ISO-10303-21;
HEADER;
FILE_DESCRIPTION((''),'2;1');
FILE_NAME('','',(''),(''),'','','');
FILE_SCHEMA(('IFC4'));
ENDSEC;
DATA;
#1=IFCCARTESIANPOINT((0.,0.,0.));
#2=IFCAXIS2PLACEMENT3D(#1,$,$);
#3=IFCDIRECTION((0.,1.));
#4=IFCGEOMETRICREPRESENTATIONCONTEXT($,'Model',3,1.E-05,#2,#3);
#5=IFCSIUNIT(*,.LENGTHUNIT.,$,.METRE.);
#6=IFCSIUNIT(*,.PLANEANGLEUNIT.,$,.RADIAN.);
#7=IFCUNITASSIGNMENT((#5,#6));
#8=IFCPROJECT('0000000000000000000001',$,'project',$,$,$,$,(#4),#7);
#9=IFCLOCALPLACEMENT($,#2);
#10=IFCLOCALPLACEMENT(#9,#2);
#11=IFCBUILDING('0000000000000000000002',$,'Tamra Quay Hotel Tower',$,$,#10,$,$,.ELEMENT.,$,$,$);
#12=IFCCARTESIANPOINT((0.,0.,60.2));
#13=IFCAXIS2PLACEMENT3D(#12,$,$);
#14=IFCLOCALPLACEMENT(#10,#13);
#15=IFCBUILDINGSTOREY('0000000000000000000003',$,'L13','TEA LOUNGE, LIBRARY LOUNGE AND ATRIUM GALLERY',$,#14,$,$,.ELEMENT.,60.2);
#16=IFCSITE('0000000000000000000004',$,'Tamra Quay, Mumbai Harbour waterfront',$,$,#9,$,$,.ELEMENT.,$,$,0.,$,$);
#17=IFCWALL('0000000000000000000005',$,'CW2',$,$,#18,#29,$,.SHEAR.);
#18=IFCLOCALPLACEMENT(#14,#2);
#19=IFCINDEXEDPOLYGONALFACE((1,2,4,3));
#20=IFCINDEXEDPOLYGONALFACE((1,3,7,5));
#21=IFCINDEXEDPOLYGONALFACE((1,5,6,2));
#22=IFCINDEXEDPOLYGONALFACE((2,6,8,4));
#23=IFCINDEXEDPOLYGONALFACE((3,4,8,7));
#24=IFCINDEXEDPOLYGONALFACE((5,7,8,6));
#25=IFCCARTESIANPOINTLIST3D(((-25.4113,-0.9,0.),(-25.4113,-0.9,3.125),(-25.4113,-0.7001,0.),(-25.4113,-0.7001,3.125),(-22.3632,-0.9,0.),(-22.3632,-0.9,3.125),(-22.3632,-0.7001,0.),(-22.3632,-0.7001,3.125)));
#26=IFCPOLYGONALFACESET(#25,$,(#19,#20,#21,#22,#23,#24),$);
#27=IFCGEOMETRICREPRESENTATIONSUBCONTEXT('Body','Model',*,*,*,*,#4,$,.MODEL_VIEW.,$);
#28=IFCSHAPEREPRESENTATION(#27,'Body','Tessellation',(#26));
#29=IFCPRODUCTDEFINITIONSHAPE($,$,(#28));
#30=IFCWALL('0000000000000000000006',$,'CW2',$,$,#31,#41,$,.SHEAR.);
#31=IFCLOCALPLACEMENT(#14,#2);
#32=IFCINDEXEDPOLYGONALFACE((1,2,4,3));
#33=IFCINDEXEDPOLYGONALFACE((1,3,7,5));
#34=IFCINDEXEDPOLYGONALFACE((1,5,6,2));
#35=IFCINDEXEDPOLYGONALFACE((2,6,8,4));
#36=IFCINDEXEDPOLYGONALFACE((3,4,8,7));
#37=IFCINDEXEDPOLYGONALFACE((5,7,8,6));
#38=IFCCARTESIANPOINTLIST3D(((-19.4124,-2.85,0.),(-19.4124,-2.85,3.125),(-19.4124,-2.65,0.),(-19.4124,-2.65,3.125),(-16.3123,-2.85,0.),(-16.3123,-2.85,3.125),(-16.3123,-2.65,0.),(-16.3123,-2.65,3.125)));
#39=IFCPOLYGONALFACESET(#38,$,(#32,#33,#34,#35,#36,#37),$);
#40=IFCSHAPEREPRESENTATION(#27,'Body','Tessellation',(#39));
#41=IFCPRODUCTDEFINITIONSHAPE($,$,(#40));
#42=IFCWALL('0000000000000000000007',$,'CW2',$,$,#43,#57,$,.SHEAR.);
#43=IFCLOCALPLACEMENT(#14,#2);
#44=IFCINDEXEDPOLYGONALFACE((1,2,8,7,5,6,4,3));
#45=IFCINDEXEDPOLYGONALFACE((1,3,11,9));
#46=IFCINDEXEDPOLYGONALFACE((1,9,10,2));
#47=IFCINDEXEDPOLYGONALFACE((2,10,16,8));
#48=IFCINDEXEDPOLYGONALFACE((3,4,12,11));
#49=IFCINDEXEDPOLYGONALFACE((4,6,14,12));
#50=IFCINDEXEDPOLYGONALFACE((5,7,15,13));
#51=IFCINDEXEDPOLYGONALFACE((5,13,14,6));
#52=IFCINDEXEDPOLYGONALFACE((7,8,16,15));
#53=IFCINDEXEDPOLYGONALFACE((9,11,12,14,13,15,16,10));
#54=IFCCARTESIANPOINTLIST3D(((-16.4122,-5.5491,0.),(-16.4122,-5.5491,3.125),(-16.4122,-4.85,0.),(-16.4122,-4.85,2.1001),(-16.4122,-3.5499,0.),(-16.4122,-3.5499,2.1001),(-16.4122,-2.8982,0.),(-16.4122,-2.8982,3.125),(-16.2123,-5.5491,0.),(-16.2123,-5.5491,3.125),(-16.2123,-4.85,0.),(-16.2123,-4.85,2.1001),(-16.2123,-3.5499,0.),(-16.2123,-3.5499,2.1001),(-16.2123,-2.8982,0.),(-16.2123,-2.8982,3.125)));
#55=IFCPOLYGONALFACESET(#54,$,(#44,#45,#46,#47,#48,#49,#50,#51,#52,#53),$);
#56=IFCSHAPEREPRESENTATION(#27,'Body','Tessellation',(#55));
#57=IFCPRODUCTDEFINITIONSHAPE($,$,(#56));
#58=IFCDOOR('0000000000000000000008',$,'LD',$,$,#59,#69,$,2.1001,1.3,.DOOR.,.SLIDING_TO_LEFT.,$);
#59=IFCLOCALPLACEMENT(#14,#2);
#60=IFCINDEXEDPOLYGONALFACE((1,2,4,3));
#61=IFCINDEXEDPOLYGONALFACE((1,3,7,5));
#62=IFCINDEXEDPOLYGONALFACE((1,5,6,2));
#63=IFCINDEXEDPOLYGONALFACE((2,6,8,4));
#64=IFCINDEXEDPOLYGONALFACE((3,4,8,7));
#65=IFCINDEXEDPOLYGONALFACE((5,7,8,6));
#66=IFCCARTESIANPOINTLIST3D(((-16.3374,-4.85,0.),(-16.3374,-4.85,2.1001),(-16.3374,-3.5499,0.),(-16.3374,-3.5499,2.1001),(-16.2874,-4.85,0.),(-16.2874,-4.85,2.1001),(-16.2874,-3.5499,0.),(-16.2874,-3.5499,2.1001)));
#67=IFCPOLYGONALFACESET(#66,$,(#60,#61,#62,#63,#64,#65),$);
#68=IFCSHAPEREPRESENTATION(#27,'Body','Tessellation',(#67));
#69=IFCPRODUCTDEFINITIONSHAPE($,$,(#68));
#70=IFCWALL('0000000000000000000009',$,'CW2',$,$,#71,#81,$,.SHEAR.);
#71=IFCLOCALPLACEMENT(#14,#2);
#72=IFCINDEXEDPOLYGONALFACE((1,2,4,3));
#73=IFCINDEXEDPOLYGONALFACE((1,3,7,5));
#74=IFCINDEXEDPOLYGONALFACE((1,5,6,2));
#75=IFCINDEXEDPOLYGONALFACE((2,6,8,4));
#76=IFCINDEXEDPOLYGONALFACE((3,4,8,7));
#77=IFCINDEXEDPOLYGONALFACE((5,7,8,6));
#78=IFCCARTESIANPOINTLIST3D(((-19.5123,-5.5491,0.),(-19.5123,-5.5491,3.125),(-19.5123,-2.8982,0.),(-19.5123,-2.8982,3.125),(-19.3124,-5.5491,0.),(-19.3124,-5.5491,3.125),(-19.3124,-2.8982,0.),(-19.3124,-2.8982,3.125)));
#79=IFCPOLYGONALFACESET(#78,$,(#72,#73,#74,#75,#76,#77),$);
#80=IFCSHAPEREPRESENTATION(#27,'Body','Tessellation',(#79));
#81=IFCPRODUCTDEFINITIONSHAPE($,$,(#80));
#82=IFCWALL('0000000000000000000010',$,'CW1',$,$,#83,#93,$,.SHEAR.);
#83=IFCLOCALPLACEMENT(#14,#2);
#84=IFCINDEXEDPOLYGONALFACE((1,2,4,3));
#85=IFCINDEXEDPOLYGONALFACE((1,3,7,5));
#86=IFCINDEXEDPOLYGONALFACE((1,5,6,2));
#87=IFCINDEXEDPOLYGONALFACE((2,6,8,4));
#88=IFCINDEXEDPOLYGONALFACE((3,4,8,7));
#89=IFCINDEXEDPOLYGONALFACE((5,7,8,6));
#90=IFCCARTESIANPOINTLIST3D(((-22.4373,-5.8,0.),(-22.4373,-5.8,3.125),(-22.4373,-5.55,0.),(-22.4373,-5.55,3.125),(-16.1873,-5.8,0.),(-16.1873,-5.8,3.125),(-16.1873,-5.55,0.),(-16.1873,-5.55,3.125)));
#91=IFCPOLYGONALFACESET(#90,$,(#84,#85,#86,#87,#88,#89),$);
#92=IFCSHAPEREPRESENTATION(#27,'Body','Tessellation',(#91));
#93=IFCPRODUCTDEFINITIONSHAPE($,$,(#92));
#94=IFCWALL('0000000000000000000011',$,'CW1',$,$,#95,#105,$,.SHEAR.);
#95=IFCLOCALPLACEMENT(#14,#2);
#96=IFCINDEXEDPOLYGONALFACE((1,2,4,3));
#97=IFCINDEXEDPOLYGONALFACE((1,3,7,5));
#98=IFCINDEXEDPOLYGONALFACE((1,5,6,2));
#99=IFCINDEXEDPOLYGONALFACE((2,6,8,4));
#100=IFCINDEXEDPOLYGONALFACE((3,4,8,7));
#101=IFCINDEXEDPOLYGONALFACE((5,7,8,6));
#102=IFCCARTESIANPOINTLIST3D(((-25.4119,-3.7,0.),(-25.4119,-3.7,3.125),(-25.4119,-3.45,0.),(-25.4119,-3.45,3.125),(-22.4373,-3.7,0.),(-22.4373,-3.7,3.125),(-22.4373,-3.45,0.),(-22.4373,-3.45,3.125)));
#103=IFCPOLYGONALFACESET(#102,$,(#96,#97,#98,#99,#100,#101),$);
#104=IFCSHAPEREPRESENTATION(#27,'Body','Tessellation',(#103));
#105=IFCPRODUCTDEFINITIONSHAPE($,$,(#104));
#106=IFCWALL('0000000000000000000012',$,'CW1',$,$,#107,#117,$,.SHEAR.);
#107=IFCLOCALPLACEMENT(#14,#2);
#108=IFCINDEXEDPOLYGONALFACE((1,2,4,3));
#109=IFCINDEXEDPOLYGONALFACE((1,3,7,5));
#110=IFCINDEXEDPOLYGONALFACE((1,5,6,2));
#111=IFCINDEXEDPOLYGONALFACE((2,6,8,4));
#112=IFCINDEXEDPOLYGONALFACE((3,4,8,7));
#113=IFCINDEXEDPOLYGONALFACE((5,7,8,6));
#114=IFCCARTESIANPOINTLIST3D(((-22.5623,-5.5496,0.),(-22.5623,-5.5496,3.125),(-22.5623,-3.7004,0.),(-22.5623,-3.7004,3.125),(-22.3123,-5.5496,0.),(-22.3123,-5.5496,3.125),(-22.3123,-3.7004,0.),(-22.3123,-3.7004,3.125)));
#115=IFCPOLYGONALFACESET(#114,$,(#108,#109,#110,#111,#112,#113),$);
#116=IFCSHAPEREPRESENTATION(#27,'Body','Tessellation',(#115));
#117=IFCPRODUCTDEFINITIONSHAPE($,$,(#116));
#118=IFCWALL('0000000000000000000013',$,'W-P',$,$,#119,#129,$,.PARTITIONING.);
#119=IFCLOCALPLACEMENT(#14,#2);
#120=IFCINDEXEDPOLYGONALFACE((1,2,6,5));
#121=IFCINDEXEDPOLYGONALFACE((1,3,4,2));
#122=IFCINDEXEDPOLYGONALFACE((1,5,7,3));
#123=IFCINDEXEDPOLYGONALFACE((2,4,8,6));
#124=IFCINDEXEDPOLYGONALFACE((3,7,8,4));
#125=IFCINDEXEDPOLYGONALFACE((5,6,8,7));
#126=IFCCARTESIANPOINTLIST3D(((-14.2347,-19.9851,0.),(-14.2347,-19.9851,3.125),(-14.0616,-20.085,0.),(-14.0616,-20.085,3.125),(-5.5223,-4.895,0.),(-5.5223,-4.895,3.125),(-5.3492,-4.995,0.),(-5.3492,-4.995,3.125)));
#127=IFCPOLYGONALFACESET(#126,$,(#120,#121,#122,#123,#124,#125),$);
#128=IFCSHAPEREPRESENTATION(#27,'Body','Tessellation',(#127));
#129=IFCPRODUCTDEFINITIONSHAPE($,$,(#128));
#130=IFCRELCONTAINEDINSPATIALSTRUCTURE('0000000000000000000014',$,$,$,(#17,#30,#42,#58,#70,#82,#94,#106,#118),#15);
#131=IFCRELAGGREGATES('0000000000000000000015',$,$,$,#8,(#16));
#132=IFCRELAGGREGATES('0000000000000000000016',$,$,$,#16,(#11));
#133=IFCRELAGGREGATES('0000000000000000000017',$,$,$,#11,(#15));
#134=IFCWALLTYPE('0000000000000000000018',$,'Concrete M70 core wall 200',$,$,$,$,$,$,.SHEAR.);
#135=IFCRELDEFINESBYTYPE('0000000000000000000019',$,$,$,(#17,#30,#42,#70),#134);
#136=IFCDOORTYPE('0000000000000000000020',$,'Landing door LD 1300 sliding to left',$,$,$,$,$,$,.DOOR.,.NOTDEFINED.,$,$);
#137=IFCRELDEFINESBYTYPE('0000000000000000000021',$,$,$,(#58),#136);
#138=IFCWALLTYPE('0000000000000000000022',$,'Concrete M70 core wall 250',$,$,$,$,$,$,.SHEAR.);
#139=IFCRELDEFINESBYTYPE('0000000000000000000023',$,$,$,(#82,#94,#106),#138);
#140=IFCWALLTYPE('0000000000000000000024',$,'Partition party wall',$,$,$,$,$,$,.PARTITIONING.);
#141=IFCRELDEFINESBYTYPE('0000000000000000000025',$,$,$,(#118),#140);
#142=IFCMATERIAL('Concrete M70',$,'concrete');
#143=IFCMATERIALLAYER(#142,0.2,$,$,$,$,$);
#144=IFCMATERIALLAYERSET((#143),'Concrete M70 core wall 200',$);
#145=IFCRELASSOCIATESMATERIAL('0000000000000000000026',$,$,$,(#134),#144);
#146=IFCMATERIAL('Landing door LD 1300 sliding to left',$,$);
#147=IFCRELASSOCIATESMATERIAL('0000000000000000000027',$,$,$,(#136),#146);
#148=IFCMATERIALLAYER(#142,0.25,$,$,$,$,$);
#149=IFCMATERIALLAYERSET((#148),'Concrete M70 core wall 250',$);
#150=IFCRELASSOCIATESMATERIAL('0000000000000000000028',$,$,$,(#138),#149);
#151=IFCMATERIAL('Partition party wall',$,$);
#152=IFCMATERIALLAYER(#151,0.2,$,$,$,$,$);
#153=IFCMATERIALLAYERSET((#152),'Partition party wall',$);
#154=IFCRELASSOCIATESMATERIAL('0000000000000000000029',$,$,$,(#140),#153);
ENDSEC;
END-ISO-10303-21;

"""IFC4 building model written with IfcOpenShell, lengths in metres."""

from ifc_helpers import new_model, si_unit, direction, frame, frame_2d, origin, place, context, subcontext, project, spatial, rectangle, extrude, material, layer, layer_set, type_object, element, fill, save


model = new_model("IFC4")

# Units and contexts
model_context = context("Model", 3, precision=1e-05, world=origin(), true_north=direction((0.0, 1.0)))
body_context = subcontext(model_context, "Body", "Model", "MODEL_VIEW")
ifc_project = project(units=[si_unit("LENGTHUNIT", "METRE"), si_unit("PLANEANGLEUNIT", "RADIAN")], contexts=[model_context])

# Site, building, storey
site_placement = place(None, origin())
site = spatial("IfcSite", under=ifc_project, at=site_placement, Name="Tamra Quay, Mumbai Harbour waterfront", CompositionType="ELEMENT", RefElevation=0.0)
building_placement = place(site_placement, origin())
building = spatial("IfcBuilding", under=site, at=building_placement, Name="Tamra Quay Hotel Tower", CompositionType="ELEMENT")
storey_placement = place(building_placement, frame((0.0, 0.0, 60.2)))
storey = spatial("IfcBuildingStorey", under=building, at=storey_placement, Name="L13", Description="TEA LOUNGE, LIBRARY LOUNGE AND ATRIUM GALLERY", CompositionType="ELEMENT", Elevation=60.2)

# Shared definitions
ifc_material_1 = material(Name="Concrete M70", Category="concrete")

# Walls
ifc_layer_1 = layer(ifc_material_1, 0.2)
ifc_layer_set_1 = layer_set([ifc_layer_1], Name="Concrete M70 core wall 200")
wall_type_1 = type_object("IfcWallType", Name="Concrete M70 core wall 200", PredefinedType="SHEAR", material=ifc_layer_set_1)
wall_1_placement = place(storey_placement, frame((-22.3633, -0.8, 0.0), z_axis=(0.0, 0.0, 1.0), x_axis=(-1.0, 0.0, 0.0)))
element("IfcWall", 1, at=wall_1_placement, inside=storey, type_object=wall_type_1, Name="CW2", PredefinedType="SHEAR", context=body_context, shape_type="SweptSolid", body=[
    extrude(rectangle(XDim=3.0481, YDim=0.2, at=frame_2d((1.5239, 0.0))), origin(), (0.0, 0.0, 1.0), 3.125),
])
wall_2_placement = place(storey_placement, frame((-19.4124, -2.75, 0.0), z_axis=(0.0, 0.0, 1.0), x_axis=(1.0, 0.0, 0.0)))
element("IfcWall", 2, at=wall_2_placement, inside=storey, type_object=wall_type_1, Name="CW2", PredefinedType="SHEAR", context=body_context, shape_type="SweptSolid", body=[
    extrude(rectangle(XDim=3.1001, YDim=0.2, at=frame_2d((1.55, 0.0))), origin(), (0.0, 0.0, 1.0), 3.125),
])

# Wall, opening, door
wall_3_placement = place(storey_placement, frame((-16.3123, -2.8982, 0.0), z_axis=(0.0, 0.0, 1.0), x_axis=(0.0, -1.0, 0.0)))
wall_3 = element("IfcWall", 3, at=wall_3_placement, inside=storey, type_object=wall_type_1, Name="CW2", PredefinedType="SHEAR", context=body_context, shape_type="SweptSolid", body=[
    extrude(rectangle(XDim=2.6509, YDim=0.2, at=frame_2d((1.3254, 0.0))), origin(), (0.0, 0.0, 1.0), 3.125),
])
opening_placement = place(wall_3_placement, frame((0.6519, 0.0, 0.0)))
opening = element("IfcOpeningElement", 4, at=opening_placement, cuts=wall_3, PredefinedType="OPENING", context=body_context, shape_type="SweptSolid", body=[
    extrude(rectangle(XDim=1.3, YDim=2.1001, at=frame_2d((0.6499, 1.05))), frame((0.0, 0.1099, 0.0), z_axis=(0.0, -1.0, 0.0), x_axis=(1.0, 0.0, 0.0)), (0.0, 0.0, 1.0), 0.22),
])
ifc_material_2 = material(Name="Landing door LD 1300 sliding to left")
door_type = type_object("IfcDoorType", Name="Landing door LD 1300 sliding to left", OperationType="NOTDEFINED", PredefinedType="DOOR", material=ifc_material_2)
door_placement = place(opening_placement, origin())
door = element("IfcDoor", 5, at=door_placement, inside=storey, type_object=door_type, Name="LD", OperationType="SLIDING_TO_LEFT", OverallHeight=2.1001, OverallWidth=1.3, PredefinedType="DOOR", context=body_context, shape_type="SweptSolid", body=[
    extrude(rectangle(XDim=1.3, YDim=2.1001, at=frame_2d((0.6499, 1.05))), frame((0.0, 0.0249, 0.0), z_axis=(0.0, -1.0, 0.0), x_axis=(1.0, 0.0, 0.0)), (0.0, 0.0, 1.0), 0.05),
])
fill(opening, door)

# Walls
wall_4_placement = place(storey_placement, frame((-19.4124, -5.5491, 0.0), z_axis=(0.0, 0.0, 1.0), x_axis=(0.0, 1.0, 0.0)))
element("IfcWall", 6, at=wall_4_placement, inside=storey, type_object=wall_type_1, Name="CW2", PredefinedType="SHEAR", context=body_context, shape_type="SweptSolid", body=[
    extrude(rectangle(XDim=2.6509, YDim=0.2, at=frame_2d((1.3254, 0.0))), origin(), (0.0, 0.0, 1.0), 3.125),
])
ifc_layer_2 = layer(ifc_material_1, 0.25)
ifc_layer_set_2 = layer_set([ifc_layer_2], Name="Concrete M70 core wall 250")
wall_type_2 = type_object("IfcWallType", Name="Concrete M70 core wall 250", PredefinedType="SHEAR", material=ifc_layer_set_2)
wall_5_placement = place(storey_placement, frame((-16.1873, -5.675, 0.0), z_axis=(0.0, 0.0, 1.0), x_axis=(-1.0, 0.0, 0.0)))
element("IfcWall", 7, at=wall_5_placement, inside=storey, type_object=wall_type_2, Name="CW1", PredefinedType="SHEAR", context=body_context, shape_type="SweptSolid", body=[
    extrude(rectangle(XDim=6.25, YDim=0.25, at=frame_2d((3.125, 0.0))), origin(), (0.0, 0.0, 1.0), 3.125),
])
wall_6_placement = place(storey_placement, frame((-22.4373, -3.575, 0.0), z_axis=(0.0, 0.0, 1.0), x_axis=(-1.0, 0.0, 0.0)))
element("IfcWall", 8, at=wall_6_placement, inside=storey, type_object=wall_type_2, Name="CW1", PredefinedType="SHEAR", context=body_context, shape_type="SweptSolid", body=[
    extrude(rectangle(XDim=2.9746, YDim=0.25, at=frame_2d((1.4873, 0.0))), origin(), (0.0, 0.0, 1.0), 3.125),
])
wall_7_placement = place(storey_placement, frame((-22.4373, -5.5496, 0.0), z_axis=(0.0, 0.0, 1.0), x_axis=(0.0, 1.0, 0.0)))
element("IfcWall", 9, at=wall_7_placement, inside=storey, type_object=wall_type_2, Name="CW1", PredefinedType="SHEAR", context=body_context, shape_type="SweptSolid", body=[
    extrude(rectangle(XDim=1.8491, YDim=0.25, at=frame_2d((0.9246, 0.0))), origin(), (0.0, 0.0, 1.0), 3.125),
])
ifc_material_3 = material(Name="Partition party wall")
ifc_layer_3 = layer(ifc_material_3, 0.2)
ifc_layer_set_3 = layer_set([ifc_layer_3], Name="Partition party wall")
wall_type_3 = type_object("IfcWallType", Name="Partition party wall", PredefinedType="PARTITIONING", material=ifc_layer_set_3)
wall_8_placement = place(storey_placement, frame((-14.1482, -20.0352, 0.0), z_axis=(0.0, 0.0, 1.0), x_axis=(0.500006, 0.866022, 0.0)))
element("IfcWall", 10, at=wall_8_placement, inside=storey, type_object=wall_type_3, Name="W-P", PredefinedType="PARTITIONING", context=body_context, shape_type="SweptSolid", body=[
    extrude(rectangle(XDim=17.4246, YDim=0.2, at=frame_2d((8.7124, 0.0))), origin(), (0.0, 0.0, 1.0), 3.125),
])

save(model, "model.ifc")
